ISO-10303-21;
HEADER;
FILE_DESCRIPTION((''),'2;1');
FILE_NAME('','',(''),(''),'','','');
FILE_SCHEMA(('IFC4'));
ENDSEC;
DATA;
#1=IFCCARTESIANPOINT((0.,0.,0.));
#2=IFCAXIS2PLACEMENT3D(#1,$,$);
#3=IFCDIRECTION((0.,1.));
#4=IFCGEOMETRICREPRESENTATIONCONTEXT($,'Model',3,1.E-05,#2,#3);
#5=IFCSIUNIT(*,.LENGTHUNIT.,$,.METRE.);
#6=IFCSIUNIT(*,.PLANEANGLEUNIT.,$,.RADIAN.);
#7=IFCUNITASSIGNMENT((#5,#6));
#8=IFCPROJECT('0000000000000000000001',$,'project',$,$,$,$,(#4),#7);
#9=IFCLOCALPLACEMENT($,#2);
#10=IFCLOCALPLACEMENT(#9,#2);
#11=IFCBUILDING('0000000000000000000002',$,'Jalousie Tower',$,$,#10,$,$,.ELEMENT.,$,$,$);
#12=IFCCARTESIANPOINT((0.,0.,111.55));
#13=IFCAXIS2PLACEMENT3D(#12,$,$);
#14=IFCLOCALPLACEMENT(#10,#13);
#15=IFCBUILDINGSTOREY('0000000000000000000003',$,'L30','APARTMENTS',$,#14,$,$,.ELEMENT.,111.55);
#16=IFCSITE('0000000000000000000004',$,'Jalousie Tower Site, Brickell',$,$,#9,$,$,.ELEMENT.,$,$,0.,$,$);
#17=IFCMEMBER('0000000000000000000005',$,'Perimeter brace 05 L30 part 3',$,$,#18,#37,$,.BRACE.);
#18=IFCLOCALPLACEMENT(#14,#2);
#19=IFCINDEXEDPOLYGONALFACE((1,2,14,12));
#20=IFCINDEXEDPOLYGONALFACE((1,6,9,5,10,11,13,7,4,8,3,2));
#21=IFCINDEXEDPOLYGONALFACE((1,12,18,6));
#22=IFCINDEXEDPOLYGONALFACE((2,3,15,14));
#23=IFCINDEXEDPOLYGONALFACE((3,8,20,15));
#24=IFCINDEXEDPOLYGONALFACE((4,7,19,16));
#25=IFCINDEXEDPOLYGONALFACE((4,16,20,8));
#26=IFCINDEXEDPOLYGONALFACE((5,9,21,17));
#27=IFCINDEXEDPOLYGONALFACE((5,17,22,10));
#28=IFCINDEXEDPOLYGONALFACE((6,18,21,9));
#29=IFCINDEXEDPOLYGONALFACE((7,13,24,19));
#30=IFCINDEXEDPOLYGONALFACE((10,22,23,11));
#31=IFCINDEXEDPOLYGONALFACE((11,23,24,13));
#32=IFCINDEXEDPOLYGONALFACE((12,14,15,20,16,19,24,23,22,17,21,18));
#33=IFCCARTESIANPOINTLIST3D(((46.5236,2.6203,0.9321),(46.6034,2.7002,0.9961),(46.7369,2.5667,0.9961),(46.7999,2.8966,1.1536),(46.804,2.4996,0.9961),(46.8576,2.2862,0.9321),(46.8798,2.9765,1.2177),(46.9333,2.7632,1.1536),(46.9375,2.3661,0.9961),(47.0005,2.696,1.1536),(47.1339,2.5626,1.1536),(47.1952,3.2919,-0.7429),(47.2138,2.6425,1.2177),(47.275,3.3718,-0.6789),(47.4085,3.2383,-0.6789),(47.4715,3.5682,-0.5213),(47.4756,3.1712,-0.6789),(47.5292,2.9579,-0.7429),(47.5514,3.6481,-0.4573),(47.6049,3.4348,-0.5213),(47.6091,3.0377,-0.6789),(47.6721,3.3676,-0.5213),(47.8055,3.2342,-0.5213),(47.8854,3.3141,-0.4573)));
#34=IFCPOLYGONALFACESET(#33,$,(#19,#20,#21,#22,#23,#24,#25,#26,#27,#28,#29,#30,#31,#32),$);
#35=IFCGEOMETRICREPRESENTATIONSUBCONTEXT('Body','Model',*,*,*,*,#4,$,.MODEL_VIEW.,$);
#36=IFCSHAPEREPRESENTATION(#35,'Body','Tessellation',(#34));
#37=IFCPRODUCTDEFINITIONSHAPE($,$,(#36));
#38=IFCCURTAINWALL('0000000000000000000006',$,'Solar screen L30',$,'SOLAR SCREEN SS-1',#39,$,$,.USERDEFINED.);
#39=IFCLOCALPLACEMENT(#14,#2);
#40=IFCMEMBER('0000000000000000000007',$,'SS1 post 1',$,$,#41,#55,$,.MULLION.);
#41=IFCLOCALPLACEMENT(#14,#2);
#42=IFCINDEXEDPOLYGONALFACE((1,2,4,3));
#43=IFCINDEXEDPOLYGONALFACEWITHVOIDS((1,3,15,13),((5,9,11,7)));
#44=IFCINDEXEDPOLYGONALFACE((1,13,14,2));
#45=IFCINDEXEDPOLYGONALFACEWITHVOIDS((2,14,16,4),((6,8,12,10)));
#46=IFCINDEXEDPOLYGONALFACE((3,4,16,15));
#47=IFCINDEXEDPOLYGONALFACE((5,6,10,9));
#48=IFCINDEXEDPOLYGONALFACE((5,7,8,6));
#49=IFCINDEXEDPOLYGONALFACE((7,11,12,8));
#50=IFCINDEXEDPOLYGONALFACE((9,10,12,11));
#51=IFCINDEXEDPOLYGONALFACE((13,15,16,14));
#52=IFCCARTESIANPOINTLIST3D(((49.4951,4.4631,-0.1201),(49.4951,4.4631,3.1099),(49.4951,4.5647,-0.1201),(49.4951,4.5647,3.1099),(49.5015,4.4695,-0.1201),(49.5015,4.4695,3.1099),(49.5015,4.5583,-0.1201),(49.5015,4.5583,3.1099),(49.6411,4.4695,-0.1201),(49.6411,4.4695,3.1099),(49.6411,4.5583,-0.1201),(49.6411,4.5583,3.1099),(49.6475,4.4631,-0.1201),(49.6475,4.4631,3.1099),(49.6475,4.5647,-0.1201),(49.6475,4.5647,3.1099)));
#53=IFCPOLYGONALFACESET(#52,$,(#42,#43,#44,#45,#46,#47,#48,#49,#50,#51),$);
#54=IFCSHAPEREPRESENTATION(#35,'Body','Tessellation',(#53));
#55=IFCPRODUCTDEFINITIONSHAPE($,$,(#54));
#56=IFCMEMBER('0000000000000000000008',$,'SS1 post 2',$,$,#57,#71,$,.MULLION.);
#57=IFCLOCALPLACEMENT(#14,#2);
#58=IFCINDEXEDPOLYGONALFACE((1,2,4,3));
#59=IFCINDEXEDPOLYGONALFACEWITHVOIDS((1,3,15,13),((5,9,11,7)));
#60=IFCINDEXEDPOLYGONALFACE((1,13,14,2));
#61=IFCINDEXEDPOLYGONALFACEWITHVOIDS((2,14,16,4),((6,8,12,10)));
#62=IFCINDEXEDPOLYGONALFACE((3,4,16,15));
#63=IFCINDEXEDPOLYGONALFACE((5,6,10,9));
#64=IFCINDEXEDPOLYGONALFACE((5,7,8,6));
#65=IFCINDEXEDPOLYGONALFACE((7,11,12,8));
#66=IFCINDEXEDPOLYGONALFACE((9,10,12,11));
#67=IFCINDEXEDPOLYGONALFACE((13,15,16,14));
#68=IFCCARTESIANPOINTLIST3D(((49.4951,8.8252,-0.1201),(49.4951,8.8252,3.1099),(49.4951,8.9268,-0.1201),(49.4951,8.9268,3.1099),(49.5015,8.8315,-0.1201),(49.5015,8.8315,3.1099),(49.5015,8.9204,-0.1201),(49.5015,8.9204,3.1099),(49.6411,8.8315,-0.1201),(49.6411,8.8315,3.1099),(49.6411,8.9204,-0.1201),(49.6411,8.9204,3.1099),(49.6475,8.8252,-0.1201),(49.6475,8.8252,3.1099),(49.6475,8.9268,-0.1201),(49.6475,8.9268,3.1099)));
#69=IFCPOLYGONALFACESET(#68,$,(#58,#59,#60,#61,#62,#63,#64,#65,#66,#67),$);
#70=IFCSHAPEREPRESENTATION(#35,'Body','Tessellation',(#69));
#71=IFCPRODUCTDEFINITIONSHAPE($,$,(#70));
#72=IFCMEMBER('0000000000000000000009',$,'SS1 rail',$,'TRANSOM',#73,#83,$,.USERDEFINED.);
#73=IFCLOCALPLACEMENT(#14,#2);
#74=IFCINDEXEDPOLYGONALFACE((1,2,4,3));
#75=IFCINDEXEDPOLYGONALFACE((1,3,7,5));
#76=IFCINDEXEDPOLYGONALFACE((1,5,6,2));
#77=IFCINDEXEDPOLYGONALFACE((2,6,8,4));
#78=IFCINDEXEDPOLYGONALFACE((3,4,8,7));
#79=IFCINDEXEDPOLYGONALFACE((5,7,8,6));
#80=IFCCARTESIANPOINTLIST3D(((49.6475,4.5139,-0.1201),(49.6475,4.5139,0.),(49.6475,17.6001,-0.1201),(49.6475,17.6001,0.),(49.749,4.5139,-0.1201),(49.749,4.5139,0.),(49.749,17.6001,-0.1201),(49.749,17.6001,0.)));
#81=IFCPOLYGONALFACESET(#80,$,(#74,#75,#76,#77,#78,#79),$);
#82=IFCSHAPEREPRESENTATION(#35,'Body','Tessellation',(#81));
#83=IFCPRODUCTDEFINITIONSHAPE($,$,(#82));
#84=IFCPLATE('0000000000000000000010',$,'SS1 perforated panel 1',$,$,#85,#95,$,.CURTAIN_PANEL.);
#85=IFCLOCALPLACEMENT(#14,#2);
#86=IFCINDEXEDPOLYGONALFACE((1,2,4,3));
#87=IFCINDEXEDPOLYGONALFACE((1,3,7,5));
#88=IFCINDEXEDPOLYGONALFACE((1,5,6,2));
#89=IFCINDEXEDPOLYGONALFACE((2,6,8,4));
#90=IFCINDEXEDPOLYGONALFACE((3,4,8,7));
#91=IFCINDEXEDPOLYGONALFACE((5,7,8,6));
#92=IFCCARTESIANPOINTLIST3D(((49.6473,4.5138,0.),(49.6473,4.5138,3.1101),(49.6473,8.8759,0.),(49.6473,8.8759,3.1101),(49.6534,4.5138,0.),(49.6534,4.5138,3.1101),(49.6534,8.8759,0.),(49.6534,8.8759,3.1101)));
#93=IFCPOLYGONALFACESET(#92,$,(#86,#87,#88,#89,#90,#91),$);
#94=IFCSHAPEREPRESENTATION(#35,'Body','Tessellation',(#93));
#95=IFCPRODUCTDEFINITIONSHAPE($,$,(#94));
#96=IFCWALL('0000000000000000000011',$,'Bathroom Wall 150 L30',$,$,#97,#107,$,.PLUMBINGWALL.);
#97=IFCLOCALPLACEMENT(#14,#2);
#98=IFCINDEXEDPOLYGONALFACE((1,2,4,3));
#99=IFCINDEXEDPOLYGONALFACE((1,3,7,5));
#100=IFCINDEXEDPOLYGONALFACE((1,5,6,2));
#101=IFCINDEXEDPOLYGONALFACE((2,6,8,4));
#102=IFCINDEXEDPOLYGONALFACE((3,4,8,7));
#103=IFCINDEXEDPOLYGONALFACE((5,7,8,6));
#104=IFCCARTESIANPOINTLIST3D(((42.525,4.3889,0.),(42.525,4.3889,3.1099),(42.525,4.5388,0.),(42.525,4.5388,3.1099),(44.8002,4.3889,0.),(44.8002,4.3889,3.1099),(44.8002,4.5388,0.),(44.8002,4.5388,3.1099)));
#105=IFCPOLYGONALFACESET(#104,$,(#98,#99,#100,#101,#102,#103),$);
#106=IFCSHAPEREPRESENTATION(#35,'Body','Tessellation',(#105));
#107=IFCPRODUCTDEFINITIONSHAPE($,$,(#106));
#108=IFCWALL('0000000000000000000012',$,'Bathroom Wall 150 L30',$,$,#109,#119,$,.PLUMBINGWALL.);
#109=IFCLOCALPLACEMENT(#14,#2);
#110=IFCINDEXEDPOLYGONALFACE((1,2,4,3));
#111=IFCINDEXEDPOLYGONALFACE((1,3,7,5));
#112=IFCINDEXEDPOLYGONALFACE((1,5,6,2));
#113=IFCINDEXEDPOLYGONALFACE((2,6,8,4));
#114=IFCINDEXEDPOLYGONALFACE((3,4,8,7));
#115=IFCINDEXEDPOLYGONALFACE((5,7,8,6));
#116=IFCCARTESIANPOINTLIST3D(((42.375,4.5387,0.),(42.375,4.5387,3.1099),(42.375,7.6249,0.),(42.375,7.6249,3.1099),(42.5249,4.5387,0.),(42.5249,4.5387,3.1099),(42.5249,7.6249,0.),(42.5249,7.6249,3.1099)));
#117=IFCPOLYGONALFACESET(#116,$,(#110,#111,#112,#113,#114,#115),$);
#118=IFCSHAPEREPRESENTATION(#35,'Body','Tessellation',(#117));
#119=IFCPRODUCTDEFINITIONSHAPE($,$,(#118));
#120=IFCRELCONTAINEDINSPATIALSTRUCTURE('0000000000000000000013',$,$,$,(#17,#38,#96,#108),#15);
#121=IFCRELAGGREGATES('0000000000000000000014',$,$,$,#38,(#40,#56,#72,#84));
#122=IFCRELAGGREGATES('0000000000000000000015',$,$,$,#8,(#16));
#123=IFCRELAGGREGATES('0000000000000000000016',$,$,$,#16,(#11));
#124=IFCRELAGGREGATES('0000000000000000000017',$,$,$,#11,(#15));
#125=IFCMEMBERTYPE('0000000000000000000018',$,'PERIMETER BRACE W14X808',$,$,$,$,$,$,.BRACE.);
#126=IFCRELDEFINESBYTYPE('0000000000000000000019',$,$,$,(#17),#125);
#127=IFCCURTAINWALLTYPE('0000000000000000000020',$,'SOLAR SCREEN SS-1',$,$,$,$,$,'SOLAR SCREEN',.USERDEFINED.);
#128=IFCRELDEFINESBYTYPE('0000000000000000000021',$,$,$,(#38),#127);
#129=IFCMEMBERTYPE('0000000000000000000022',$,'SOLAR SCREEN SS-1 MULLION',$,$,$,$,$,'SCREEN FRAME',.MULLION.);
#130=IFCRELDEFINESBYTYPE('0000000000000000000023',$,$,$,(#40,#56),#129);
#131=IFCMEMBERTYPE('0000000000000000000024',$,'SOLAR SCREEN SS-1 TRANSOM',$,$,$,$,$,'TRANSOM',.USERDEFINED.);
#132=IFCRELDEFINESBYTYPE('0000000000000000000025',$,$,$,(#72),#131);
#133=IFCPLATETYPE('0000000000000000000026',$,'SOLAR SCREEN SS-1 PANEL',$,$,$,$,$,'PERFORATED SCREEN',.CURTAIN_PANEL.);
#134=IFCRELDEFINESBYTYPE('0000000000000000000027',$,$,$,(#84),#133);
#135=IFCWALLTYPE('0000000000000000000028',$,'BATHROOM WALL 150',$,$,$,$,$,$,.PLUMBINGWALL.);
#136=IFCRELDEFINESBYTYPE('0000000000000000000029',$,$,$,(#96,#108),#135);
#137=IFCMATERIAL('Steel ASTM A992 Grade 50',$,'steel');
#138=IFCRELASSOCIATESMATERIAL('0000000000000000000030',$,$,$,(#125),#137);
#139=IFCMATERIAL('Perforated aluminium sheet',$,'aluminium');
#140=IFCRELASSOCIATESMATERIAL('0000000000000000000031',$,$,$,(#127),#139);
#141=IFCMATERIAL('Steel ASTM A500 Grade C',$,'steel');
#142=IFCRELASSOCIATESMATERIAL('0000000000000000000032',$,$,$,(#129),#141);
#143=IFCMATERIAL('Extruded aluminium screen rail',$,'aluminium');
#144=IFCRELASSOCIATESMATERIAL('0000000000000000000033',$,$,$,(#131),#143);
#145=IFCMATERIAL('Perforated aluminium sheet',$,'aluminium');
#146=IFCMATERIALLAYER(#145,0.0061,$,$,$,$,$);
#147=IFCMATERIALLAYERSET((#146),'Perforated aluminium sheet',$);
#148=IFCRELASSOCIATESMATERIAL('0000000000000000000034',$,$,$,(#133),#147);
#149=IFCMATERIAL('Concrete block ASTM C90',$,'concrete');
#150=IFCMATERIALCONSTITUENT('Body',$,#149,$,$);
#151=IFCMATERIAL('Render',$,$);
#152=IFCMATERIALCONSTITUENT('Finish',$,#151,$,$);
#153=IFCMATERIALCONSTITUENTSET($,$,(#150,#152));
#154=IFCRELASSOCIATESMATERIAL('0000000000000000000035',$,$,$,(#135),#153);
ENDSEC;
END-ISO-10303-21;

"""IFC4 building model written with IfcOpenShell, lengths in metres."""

from ifc_helpers import new_model, si_unit, direction, frame, frame_2d, origin, origin_2d, place, context, subcontext, project, spatial, rectangle, hollow_rectangle, i_section, extrude, material, layer, layer_set, constituent, constituent_set, material_profile, profile_set, type_object, element, aggregate, save


model = new_model("IFC4")

# Units and contexts
model_context = context("Model", 3, precision=1e-05, world=origin(), true_north=direction((0.0, 1.0)))
body_context = subcontext(model_context, "Body", "Model", "MODEL_VIEW")
ifc_project = project(units=[si_unit("LENGTHUNIT", "METRE"), si_unit("PLANEANGLEUNIT", "RADIAN")], contexts=[model_context])

# Site, building, storey
site_placement = place(None, origin())
site = spatial("IfcSite", under=ifc_project, at=site_placement, Name="Jalousie Tower Site, Brickell", CompositionType="ELEMENT", RefElevation=0.0)
building_placement = place(site_placement, origin())
building = spatial("IfcBuilding", under=site, at=building_placement, Name="Jalousie Tower", CompositionType="ELEMENT")
storey_placement = place(building_placement, frame((0.0, 0.0, 111.55)))
storey = spatial("IfcBuildingStorey", under=building, at=storey_placement, Name="L30", Description="APARTMENTS", CompositionType="ELEMENT", Elevation=111.55)

# Member
ifc_material_1 = material(Name="Steel ASTM A992 Grade 50", Category="steel")
ifc_material_profile_1 = material_profile(ifc_material_1, i_section(OverallWidth=0.4724, OverallDepth=0.5791, WebThickness=0.095, FlangeThickness=0.1299, at=origin_2d()), Name="W14X808")
ifc_profile_set_1 = profile_set([ifc_material_profile_1], Name="Steel ASTM A992 Grade 50")
member_type_1 = type_object("IfcMemberType", Name="PERIMETER BRACE W14X808", PredefinedType="BRACE", material=ifc_profile_set_1)
member_1_placement = place(storey_placement, frame((47.5403, 3.303, -0.6001), z_axis=(-0.348789, -0.348789, 0.869881), x_axis=(0.707107, -0.707107, 0.0)))
element("IfcMember", 1, at=member_1_placement, inside=storey, type_object=member_type_1, Name="Perimeter brace 05 L30 part 3", PredefinedType="BRACE", context=body_context, shape_type="SweptSolid", body=[
    extrude(i_section(OverallWidth=0.4724, OverallDepth=0.5791, WebThickness=0.095, FlangeThickness=0.1299, at=origin_2d()), origin(), (0.0, 0.0, 1.0), 1.9255),
])

# Curtain wall, members, plate
ifc_material_2 = material(Name="Perforated aluminium sheet", Category="aluminium")
curtain_wall_type = type_object("IfcCurtainWallType", Name="SOLAR SCREEN SS-1", ElementType="SOLAR SCREEN", PredefinedType="USERDEFINED", material=ifc_material_2)
curtain_wall_placement = place(storey_placement, origin())
curtain_wall = element("IfcCurtainWall", 2, at=curtain_wall_placement, inside=storey, type_object=curtain_wall_type, Name="Solar screen L30", ObjectType="SOLAR SCREEN SS-1", PredefinedType="USERDEFINED")
ifc_material_3 = material(Name="Steel ASTM A500 Grade C", Category="steel")
ifc_material_profile_2 = material_profile(ifc_material_3, hollow_rectangle(XDim=0.1016, YDim=0.1523, WallThickness=0.0063, at=origin_2d()), Name="HSS6X4X1/4")
ifc_profile_set_2 = profile_set([ifc_material_profile_2], Name="Steel ASTM A500 Grade C")
member_type_2 = type_object("IfcMemberType", Name="SOLAR SCREEN SS-1 MULLION", ElementType="SCREEN FRAME", PredefinedType="MULLION", material=ifc_profile_set_2)
member_2_placement = place(storey_placement, frame((49.5713, 4.5139, -0.1201), z_axis=(0.0, 0.0, 1.0), x_axis=(0.0, 1.0, 0.0)))
member_2 = element("IfcMember", 3, at=member_2_placement, type_object=member_type_2, Name="SS1 post 1", PredefinedType="MULLION", context=body_context, shape_type="SweptSolid", body=[
    extrude(hollow_rectangle(XDim=0.1016, YDim=0.1523, WallThickness=0.0063, at=origin_2d()), origin(), (0.0, 0.0, 1.0), 3.23),
])
member_3_placement = place(storey_placement, frame((49.5713, 8.876, -0.1201), z_axis=(0.0, 0.0, 1.0), x_axis=(0.0, 1.0, 0.0)))
member_3 = element("IfcMember", 4, at=member_3_placement, type_object=member_type_2, Name="SS1 post 2", PredefinedType="MULLION", context=body_context, shape_type="SweptSolid", body=[
    extrude(hollow_rectangle(XDim=0.1016, YDim=0.1523, WallThickness=0.0063, at=origin_2d()), origin(), (0.0, 0.0, 1.0), 3.23),
])
ifc_material_4 = material(Name="Extruded aluminium screen rail", Category="aluminium")
ifc_material_profile_3 = material_profile(ifc_material_4, rectangle(XDim=0.1016, YDim=0.1201, at=origin_2d()), Name="RAIL 102x120")
ifc_profile_set_3 = profile_set([ifc_material_profile_3], Name="Extruded aluminium screen rail")
member_type_3 = type_object("IfcMemberType", Name="SOLAR SCREEN SS-1 TRANSOM", ElementType="TRANSOM", PredefinedType="USERDEFINED", material=ifc_profile_set_3)
member_4_placement = place(storey_placement, frame((49.6982, 4.5139, -0.0601), z_axis=(0.0, 1.0, 0.0), x_axis=(-1.0, 0.0, 0.0)))
member_4 = element("IfcMember", 5, at=member_4_placement, type_object=member_type_3, Name="SS1 rail", ObjectType="TRANSOM", PredefinedType="USERDEFINED", context=body_context, shape_type="SweptSolid", body=[
    extrude(rectangle(XDim=0.1016, YDim=0.1201, at=origin_2d()), origin(), (0.0, 0.0, 1.0), 13.0862),
])
ifc_material_5 = material(Name="Perforated aluminium sheet", Category="aluminium")
ifc_layer = layer(ifc_material_5, 0.0061)
ifc_layer_set = layer_set([ifc_layer], Name="Perforated aluminium sheet")
plate_type = type_object("IfcPlateType", Name="SOLAR SCREEN SS-1 PANEL", ElementType="PERFORATED SCREEN", PredefinedType="CURTAIN_PANEL", material=ifc_layer_set)
plate_placement = place(storey_placement, frame((49.6504, 6.6948, 0.0), z_axis=(0.0, 0.0, 1.0), x_axis=(0.0, 1.0, 0.0)))
plate = element("IfcPlate", 6, at=plate_placement, type_object=plate_type, Name="SS1 perforated panel 1", PredefinedType="CURTAIN_PANEL", context=body_context, shape_type="SweptSolid", body=[
    extrude(rectangle(XDim=4.3621, YDim=0.0061, at=origin_2d()), origin(), (0.0, 0.0, 1.0), 3.1101),
])
aggregate(curtain_wall, [member_2, member_3, member_4, plate])

# Walls
ifc_material_6 = material(Name="Concrete block ASTM C90", Category="concrete")
ifc_constituent_1 = constituent(ifc_material_6, Name="Body")
ifc_material_7 = material(Name="Render")
ifc_constituent_2 = constituent(ifc_material_7, Name="Finish")
ifc_constituent_set_1 = constituent_set(constituents=[ifc_constituent_1, ifc_constituent_2])
wall_type_1 = type_object("IfcWallType", Name="BATHROOM WALL 150", PredefinedType="PLUMBINGWALL", material=ifc_constituent_set_1)
wall_1_placement = place(storey_placement, frame((42.5249, 4.4639, 0.0), z_axis=(0.0, 0.0, 1.0), x_axis=(1.0, 0.0, 0.0)))
element("IfcWall", 7, at=wall_1_placement, inside=storey, type_object=wall_type_1, Name="Bathroom Wall 150 L30", PredefinedType="PLUMBINGWALL", context=body_context, shape_type="SweptSolid", body=[
    extrude(rectangle(XDim=2.2751, YDim=0.1499, at=frame_2d((1.1377, 0.0))), origin(), (0.0, 0.0, 1.0), 3.1099),
])
wall_2_placement = place(storey_placement, frame((42.45, 4.5388, 0.0), z_axis=(0.0, 0.0, 1.0), x_axis=(0.0, 1.0, 0.0)))
element("IfcWall", 8, at=wall_2_placement, inside=storey, type_object=wall_type_1, Name="Bathroom Wall 150 L30", PredefinedType="PLUMBINGWALL", context=body_context, shape_type="SweptSolid", body=[
    extrude(rectangle(XDim=3.0862, YDim=0.1499, at=frame_2d((1.543, 0.0))), origin(), (0.0, 0.0, 1.0), 3.1099),
])

save(model, "model.ifc")
